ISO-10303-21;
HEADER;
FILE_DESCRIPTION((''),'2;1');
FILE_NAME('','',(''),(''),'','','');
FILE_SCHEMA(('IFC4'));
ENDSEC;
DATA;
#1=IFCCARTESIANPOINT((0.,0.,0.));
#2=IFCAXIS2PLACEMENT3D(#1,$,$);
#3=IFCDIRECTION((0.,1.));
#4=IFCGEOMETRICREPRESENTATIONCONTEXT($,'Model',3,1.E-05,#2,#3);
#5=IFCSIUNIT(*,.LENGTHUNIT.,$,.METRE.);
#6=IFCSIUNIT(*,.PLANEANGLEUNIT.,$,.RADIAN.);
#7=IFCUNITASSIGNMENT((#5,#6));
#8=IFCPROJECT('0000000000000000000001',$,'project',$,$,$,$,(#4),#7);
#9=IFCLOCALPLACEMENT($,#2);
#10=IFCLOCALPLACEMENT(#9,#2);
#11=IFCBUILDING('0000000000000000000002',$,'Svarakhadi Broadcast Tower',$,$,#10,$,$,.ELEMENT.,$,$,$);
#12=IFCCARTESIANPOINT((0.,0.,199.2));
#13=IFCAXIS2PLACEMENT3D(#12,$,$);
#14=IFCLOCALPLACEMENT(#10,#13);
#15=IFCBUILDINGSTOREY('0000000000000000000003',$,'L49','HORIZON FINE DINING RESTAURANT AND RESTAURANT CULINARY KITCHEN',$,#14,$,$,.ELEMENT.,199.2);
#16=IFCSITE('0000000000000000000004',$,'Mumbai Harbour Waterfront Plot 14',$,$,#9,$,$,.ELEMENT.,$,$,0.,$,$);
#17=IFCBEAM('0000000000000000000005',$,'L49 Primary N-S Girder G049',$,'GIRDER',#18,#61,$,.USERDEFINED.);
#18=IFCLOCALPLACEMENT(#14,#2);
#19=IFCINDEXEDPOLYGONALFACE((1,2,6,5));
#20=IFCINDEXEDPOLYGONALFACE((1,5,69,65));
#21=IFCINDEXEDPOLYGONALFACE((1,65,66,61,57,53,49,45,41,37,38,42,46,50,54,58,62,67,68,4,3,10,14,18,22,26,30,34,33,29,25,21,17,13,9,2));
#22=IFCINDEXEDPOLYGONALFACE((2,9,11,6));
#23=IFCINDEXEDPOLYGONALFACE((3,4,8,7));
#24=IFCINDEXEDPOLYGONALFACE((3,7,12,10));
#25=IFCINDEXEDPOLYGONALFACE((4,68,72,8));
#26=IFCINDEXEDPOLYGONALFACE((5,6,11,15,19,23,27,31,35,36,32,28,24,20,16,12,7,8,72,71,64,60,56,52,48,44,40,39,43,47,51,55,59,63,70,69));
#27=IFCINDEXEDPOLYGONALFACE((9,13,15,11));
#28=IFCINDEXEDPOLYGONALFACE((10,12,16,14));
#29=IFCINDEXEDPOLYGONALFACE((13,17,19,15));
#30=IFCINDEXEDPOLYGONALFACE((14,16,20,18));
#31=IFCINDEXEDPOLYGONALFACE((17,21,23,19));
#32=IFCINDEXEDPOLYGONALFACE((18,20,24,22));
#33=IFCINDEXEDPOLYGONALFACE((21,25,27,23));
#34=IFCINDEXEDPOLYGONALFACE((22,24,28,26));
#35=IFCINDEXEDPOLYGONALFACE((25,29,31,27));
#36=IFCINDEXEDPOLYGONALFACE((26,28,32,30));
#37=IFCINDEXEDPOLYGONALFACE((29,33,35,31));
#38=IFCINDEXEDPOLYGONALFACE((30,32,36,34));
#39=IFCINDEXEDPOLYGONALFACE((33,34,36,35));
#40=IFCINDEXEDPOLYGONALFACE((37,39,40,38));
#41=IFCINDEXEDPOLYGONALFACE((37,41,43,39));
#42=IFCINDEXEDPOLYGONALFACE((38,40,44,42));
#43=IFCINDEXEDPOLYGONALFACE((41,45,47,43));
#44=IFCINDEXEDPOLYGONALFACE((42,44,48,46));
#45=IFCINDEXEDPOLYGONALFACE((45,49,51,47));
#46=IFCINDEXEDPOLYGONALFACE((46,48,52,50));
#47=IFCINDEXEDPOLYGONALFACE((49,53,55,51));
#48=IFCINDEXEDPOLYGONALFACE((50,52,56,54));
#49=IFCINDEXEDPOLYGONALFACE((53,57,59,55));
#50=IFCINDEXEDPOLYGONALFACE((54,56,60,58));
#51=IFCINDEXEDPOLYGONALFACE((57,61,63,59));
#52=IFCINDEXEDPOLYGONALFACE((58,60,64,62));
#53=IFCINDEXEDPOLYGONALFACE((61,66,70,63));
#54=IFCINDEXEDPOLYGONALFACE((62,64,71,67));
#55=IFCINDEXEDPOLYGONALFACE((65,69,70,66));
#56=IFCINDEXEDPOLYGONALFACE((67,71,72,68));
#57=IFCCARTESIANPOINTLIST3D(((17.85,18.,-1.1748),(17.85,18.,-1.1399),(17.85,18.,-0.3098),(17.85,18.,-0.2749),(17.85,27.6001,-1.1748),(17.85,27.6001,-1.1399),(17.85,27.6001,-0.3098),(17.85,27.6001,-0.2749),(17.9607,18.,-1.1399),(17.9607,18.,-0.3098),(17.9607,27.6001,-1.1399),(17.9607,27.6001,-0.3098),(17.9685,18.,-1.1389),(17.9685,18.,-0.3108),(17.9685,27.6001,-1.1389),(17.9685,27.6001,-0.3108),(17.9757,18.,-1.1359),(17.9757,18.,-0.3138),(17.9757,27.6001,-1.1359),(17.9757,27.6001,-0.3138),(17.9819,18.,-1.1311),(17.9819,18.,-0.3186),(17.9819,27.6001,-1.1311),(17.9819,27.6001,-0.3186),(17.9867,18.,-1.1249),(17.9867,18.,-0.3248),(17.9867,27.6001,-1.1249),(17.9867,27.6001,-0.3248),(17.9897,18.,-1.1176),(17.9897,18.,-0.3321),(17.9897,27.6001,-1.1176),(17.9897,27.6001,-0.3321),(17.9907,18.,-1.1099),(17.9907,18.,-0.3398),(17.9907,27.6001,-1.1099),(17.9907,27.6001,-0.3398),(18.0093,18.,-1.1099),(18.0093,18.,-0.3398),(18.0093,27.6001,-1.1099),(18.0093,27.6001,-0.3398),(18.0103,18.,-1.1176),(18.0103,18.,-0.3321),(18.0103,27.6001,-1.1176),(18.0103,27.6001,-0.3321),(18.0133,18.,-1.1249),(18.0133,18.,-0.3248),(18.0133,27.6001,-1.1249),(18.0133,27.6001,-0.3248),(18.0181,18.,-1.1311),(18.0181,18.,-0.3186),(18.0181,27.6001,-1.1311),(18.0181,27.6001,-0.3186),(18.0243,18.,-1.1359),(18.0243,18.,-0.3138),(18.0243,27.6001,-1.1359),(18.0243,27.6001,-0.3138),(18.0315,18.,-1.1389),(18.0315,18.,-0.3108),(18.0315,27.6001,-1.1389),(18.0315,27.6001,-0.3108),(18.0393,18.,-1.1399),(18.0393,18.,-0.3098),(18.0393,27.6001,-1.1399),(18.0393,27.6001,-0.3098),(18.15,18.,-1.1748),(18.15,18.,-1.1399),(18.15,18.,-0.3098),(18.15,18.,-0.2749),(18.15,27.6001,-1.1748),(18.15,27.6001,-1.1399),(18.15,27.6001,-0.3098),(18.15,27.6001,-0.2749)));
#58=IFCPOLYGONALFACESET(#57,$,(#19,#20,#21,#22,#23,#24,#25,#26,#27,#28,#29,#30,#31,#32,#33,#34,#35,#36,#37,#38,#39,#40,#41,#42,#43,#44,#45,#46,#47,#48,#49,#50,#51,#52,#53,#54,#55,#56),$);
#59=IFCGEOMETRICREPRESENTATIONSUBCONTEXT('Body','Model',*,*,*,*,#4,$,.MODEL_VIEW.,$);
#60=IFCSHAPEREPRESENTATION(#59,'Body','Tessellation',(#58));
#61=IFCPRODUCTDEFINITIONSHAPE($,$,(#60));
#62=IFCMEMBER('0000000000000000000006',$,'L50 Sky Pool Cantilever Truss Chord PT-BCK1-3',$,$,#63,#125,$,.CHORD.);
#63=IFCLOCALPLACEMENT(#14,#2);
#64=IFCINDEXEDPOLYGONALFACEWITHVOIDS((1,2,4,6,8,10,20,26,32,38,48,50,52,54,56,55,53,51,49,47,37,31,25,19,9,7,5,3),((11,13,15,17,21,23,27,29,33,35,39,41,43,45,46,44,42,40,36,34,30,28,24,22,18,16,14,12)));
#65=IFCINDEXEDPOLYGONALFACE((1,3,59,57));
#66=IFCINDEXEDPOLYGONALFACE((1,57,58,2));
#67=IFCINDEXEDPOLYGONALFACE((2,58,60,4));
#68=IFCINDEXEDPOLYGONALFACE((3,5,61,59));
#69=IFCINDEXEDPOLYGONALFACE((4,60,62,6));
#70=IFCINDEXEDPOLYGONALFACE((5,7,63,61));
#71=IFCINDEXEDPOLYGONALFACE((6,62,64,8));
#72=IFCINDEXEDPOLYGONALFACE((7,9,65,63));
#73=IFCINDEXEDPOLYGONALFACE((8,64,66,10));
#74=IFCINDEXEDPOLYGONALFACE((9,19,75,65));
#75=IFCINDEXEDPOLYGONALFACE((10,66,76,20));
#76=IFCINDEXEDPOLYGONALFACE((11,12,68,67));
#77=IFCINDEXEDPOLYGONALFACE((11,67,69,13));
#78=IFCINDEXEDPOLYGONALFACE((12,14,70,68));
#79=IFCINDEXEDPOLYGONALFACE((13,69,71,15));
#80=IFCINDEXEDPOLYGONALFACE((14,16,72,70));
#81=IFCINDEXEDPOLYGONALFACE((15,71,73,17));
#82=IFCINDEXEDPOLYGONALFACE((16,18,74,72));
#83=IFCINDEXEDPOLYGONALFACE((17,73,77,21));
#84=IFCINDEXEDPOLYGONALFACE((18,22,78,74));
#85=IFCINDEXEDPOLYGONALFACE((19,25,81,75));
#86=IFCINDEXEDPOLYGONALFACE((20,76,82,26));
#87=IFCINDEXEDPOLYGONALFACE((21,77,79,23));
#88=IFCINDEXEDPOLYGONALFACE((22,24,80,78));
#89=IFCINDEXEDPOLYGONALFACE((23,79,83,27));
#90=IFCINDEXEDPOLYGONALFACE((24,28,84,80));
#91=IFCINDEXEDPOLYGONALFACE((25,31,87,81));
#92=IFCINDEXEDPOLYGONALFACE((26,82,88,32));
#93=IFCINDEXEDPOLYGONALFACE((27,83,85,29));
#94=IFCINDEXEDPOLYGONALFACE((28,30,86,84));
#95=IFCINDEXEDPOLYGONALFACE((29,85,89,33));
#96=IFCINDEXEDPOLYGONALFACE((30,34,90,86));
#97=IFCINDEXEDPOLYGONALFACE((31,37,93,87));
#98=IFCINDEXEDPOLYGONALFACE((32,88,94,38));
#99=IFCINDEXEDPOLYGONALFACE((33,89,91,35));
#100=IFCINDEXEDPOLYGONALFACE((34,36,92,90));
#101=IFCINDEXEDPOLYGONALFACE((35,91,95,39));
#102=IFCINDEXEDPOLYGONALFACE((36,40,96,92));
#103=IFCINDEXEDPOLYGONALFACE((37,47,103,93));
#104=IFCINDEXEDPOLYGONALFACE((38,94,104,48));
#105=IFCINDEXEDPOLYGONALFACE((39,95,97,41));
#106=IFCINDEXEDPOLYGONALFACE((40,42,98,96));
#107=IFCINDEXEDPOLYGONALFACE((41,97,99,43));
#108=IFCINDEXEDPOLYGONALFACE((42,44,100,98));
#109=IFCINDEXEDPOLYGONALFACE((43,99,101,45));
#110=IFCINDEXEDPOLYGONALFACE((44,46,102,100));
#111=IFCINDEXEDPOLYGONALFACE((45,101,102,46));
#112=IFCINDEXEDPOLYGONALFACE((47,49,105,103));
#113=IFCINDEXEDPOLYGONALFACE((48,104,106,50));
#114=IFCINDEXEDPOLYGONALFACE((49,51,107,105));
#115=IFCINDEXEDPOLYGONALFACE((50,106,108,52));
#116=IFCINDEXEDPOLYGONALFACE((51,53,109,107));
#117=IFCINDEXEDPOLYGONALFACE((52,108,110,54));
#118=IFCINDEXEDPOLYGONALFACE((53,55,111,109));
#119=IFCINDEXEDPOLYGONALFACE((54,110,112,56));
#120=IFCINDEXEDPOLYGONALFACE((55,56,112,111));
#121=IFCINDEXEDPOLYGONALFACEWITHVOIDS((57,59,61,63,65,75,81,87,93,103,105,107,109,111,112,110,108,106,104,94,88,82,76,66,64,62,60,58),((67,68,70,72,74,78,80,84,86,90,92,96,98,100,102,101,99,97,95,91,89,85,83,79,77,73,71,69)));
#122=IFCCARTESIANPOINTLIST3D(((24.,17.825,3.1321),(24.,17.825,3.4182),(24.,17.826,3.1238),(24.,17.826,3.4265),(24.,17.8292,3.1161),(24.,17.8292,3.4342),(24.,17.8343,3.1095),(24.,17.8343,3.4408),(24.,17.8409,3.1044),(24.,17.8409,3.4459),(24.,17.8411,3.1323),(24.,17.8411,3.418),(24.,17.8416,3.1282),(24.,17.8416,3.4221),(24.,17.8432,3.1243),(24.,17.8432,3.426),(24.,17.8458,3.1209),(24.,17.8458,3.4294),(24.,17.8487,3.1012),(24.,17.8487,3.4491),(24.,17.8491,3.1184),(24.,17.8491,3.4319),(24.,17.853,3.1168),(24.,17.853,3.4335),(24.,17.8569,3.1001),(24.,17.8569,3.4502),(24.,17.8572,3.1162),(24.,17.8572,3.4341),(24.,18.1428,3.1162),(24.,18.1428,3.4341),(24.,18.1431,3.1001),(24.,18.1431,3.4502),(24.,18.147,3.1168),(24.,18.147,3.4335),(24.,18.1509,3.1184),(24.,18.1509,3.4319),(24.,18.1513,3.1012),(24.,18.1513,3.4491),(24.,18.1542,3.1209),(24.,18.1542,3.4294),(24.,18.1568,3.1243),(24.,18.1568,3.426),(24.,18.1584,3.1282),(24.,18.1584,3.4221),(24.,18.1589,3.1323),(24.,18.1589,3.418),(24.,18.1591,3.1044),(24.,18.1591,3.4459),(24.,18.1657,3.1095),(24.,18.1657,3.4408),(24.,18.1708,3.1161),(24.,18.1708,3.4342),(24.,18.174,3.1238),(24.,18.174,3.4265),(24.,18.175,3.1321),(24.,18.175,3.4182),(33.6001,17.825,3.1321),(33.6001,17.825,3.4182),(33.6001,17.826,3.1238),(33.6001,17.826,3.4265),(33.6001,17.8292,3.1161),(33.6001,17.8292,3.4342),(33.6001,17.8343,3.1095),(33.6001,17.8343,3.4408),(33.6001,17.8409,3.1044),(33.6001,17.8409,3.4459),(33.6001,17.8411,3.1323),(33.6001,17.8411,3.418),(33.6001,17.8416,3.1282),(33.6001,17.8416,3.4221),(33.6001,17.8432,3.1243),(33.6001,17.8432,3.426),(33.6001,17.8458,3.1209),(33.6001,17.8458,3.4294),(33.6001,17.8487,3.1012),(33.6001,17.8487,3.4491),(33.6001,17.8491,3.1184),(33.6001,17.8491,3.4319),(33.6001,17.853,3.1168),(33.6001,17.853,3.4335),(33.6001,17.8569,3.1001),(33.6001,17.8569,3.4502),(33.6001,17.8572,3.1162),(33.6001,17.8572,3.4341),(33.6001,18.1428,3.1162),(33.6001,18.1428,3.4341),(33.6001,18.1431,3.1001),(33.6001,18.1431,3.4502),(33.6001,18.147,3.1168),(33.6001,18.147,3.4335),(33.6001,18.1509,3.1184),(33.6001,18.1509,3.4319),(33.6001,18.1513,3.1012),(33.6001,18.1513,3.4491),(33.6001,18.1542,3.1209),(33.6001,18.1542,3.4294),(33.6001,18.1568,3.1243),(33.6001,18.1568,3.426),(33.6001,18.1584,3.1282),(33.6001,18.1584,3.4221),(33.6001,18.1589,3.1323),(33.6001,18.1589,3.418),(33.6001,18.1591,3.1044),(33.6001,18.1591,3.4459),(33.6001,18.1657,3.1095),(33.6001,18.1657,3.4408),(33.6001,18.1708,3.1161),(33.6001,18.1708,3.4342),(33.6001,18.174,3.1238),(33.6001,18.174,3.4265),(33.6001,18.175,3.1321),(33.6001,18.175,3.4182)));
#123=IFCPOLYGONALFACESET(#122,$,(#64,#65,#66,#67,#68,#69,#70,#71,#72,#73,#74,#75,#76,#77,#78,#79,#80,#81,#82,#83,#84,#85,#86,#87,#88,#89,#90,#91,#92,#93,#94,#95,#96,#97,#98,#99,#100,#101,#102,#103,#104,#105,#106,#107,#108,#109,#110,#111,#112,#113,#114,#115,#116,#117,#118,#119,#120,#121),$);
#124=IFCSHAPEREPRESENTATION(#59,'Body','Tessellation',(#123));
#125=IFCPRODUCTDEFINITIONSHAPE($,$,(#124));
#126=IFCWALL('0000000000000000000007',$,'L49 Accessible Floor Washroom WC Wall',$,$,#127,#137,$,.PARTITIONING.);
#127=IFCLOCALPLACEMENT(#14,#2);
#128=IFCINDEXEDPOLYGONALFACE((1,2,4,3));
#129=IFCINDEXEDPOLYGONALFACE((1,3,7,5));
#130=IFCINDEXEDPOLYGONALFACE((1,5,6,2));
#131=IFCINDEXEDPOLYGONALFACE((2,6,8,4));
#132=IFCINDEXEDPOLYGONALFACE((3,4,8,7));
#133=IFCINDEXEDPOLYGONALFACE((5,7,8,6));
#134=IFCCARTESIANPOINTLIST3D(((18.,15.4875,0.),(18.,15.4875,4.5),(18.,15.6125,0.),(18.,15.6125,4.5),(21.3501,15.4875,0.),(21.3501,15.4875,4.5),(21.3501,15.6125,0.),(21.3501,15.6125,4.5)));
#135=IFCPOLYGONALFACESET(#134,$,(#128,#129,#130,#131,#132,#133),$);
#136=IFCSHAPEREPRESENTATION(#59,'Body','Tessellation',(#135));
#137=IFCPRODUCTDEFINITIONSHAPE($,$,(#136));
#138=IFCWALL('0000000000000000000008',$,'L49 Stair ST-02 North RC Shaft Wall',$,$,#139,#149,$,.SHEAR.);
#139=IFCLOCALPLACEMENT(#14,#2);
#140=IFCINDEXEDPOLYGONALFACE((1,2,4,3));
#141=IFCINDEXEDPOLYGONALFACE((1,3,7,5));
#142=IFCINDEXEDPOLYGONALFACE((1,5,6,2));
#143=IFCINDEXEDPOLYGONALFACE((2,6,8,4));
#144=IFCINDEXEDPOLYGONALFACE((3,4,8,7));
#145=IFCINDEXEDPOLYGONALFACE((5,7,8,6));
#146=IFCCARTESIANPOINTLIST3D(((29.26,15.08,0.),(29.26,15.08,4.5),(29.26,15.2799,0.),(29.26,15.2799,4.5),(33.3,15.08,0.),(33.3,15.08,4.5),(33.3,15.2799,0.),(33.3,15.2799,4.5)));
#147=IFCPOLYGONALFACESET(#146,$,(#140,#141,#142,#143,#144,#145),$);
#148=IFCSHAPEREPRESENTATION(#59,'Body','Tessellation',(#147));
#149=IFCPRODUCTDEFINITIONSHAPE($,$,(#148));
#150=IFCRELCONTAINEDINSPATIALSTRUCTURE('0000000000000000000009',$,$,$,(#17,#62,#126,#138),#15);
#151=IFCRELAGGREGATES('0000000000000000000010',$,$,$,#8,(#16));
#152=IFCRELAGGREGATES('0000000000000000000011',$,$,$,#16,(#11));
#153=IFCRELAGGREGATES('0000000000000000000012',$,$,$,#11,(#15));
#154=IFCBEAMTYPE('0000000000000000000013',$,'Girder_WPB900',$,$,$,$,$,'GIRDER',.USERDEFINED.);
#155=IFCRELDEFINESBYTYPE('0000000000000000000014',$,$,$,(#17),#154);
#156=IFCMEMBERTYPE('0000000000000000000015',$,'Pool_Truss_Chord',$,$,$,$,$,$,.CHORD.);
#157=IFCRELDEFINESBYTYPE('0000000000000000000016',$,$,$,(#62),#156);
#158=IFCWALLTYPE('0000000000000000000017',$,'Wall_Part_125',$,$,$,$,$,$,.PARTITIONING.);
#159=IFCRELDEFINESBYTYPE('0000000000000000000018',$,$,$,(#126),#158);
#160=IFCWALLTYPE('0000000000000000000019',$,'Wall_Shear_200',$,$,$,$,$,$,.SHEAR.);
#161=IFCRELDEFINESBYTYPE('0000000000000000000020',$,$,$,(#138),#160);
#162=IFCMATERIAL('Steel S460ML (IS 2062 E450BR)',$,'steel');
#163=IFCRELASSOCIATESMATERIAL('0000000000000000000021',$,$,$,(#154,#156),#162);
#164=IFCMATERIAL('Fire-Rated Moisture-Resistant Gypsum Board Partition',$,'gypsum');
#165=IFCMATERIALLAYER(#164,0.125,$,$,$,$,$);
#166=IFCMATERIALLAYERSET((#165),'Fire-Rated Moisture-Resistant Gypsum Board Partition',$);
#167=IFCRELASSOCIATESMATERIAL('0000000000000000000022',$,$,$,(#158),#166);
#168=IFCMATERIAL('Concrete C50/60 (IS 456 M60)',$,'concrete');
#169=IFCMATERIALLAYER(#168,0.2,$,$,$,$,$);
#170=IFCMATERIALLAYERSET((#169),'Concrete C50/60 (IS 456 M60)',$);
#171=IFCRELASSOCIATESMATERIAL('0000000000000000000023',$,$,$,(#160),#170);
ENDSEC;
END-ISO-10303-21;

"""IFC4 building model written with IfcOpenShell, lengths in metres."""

from ifc_helpers import new_model, si_unit, direction, frame, frame_2d, origin, origin_2d, place, context, subcontext, project, spatial, rectangle, hollow_rectangle, i_section, extrude, material, layer, layer_set, material_profile, profile_set, type_object, element, save


model = new_model("IFC4")

# Units and contexts
model_context = context("Model", 3, precision=1e-05, world=origin(), true_north=direction((0.0, 1.0)))
body_context = subcontext(model_context, "Body", "Model", "MODEL_VIEW")
ifc_project = project(units=[si_unit("LENGTHUNIT", "METRE"), si_unit("PLANEANGLEUNIT", "RADIAN")], contexts=[model_context])

# Site, building, storey
site_placement = place(None, origin())
site = spatial("IfcSite", under=ifc_project, at=site_placement, Name="Mumbai Harbour Waterfront Plot 14", CompositionType="ELEMENT", RefElevation=0.0)
building_placement = place(site_placement, origin())
building = spatial("IfcBuilding", under=site, at=building_placement, Name="Svarakhadi Broadcast Tower", CompositionType="ELEMENT")
storey_placement = place(building_placement, frame((0.0, 0.0, 199.2)))
storey = spatial("IfcBuildingStorey", under=building, at=storey_placement, Name="L49", Description="HORIZON FINE DINING RESTAURANT AND RESTAURANT CULINARY KITCHEN", CompositionType="ELEMENT", Elevation=199.2)

# Shared definitions
ifc_material_1 = material(Name="Concrete C50/60 (IS 456 M60)", Category="concrete")

# Beam
ifc_material_2 = material(Name="Steel S460ML (IS 2062 E450BR)", Category="steel")
ifc_material_profile_1 = material_profile(ifc_material_2, i_section(OverallWidth=0.3, OverallDepth=0.8999, WebThickness=0.0186, FlangeThickness=0.0349, FilletRadius=0.03, at=origin_2d()), Name="WPB 900x300x291")
ifc_profile_set_1 = profile_set([ifc_material_profile_1], Name="Steel S460ML (IS 2062 E450BR)")
beam_type_1 = type_object("IfcBeamType", Name="Girder_WPB900", ElementType="GIRDER", PredefinedType="USERDEFINED", material=ifc_profile_set_1)
for number, where, z_axis, x_axis, name in (
    (1, (18.0, 18.0, -0.7249), (0.0, 1.0, 0.0), (-1.0, 0.0, 0.0), "L49 Primary N-S Girder G049"),
):
    element("IfcBeam", number, at=place(storey_placement, frame(where, z_axis=z_axis, x_axis=x_axis)), inside=storey, type_object=beam_type_1, Name=name, ObjectType="GIRDER", PredefinedType="USERDEFINED", context=body_context, shape_type="SweptSolid", body=[
        extrude(i_section(OverallWidth=0.3, OverallDepth=0.8999, WebThickness=0.0186, FlangeThickness=0.0349, FilletRadius=0.03, at=origin_2d()), origin(), (0.0, 0.0, 1.0), 9.6001),
    ])

# Member
ifc_material_profile_2 = material_profile(ifc_material_2, hollow_rectangle(XDim=0.3501, YDim=0.3501, WallThickness=0.0161, InnerFilletRadius=0.0161, OuterFilletRadius=0.032, at=origin_2d()), Name="SHS 350x350x16")
ifc_profile_set_2 = profile_set([ifc_material_profile_2], Name="Steel S460ML (IS 2062 E450BR)")
member_type = type_object("IfcMemberType", Name="Pool_Truss_Chord", PredefinedType="CHORD", material=ifc_profile_set_2)
member_placement = place(storey_placement, frame((24.0, 18.0, 3.2751), z_axis=(1.0, 0.0, 0.0), x_axis=(0.0, 1.0, 0.0)))
element("IfcMember", 2, at=member_placement, inside=storey, type_object=member_type, Name="L50 Sky Pool Cantilever Truss Chord PT-BCK1-3", PredefinedType="CHORD", context=body_context, shape_type="SweptSolid", body=[
    extrude(hollow_rectangle(XDim=0.3501, YDim=0.3501, WallThickness=0.0161, InnerFilletRadius=0.0161, OuterFilletRadius=0.032, at=origin_2d()), origin(), (0.0, 0.0, 1.0), 9.6001),
])

# Walls
ifc_material_3 = material(Name="Fire-Rated Moisture-Resistant Gypsum Board Partition", Category="gypsum")
ifc_layer_1 = layer(ifc_material_3, 0.125)
ifc_layer_set_1 = layer_set([ifc_layer_1], Name="Fire-Rated Moisture-Resistant Gypsum Board Partition")
wall_type_1 = type_object("IfcWallType", Name="Wall_Part_125", PredefinedType="PARTITIONING", material=ifc_layer_set_1)
wall_1_placement = place(storey_placement, frame((18.0, 15.55, 0.0), z_axis=(0.0, 0.0, 1.0), x_axis=(1.0, 0.0, 0.0)))
element("IfcWall", 3, at=wall_1_placement, inside=storey, type_object=wall_type_1, Name="L49 Accessible Floor Washroom WC Wall", PredefinedType="PARTITIONING", context=body_context, shape_type="SweptSolid", body=[
    extrude(rectangle(XDim=3.3501, YDim=0.125, at=frame_2d((1.675, 0.0))), origin(), (0.0, 0.0, 1.0), 4.5),
])
ifc_layer_2 = layer(ifc_material_1, 0.2)
ifc_layer_set_2 = layer_set([ifc_layer_2], Name="Concrete C50/60 (IS 456 M60)")
wall_type_2 = type_object("IfcWallType", Name="Wall_Shear_200", PredefinedType="SHEAR", material=ifc_layer_set_2)
wall_2_placement = place(storey_placement, frame((29.26, 15.1799, 0.0), z_axis=(0.0, 0.0, 1.0), x_axis=(1.0, 0.0, 0.0)))
element("IfcWall", 4, at=wall_2_placement, inside=storey, type_object=wall_type_2, Name="L49 Stair ST-02 North RC Shaft Wall", PredefinedType="SHEAR", context=body_context, shape_type="SweptSolid", body=[
    extrude(rectangle(XDim=4.04, YDim=0.2, at=frame_2d((2.02, 0.0))), origin(), (0.0, 0.0, 1.0), 4.5),
])

save(model, "model.ifc")
